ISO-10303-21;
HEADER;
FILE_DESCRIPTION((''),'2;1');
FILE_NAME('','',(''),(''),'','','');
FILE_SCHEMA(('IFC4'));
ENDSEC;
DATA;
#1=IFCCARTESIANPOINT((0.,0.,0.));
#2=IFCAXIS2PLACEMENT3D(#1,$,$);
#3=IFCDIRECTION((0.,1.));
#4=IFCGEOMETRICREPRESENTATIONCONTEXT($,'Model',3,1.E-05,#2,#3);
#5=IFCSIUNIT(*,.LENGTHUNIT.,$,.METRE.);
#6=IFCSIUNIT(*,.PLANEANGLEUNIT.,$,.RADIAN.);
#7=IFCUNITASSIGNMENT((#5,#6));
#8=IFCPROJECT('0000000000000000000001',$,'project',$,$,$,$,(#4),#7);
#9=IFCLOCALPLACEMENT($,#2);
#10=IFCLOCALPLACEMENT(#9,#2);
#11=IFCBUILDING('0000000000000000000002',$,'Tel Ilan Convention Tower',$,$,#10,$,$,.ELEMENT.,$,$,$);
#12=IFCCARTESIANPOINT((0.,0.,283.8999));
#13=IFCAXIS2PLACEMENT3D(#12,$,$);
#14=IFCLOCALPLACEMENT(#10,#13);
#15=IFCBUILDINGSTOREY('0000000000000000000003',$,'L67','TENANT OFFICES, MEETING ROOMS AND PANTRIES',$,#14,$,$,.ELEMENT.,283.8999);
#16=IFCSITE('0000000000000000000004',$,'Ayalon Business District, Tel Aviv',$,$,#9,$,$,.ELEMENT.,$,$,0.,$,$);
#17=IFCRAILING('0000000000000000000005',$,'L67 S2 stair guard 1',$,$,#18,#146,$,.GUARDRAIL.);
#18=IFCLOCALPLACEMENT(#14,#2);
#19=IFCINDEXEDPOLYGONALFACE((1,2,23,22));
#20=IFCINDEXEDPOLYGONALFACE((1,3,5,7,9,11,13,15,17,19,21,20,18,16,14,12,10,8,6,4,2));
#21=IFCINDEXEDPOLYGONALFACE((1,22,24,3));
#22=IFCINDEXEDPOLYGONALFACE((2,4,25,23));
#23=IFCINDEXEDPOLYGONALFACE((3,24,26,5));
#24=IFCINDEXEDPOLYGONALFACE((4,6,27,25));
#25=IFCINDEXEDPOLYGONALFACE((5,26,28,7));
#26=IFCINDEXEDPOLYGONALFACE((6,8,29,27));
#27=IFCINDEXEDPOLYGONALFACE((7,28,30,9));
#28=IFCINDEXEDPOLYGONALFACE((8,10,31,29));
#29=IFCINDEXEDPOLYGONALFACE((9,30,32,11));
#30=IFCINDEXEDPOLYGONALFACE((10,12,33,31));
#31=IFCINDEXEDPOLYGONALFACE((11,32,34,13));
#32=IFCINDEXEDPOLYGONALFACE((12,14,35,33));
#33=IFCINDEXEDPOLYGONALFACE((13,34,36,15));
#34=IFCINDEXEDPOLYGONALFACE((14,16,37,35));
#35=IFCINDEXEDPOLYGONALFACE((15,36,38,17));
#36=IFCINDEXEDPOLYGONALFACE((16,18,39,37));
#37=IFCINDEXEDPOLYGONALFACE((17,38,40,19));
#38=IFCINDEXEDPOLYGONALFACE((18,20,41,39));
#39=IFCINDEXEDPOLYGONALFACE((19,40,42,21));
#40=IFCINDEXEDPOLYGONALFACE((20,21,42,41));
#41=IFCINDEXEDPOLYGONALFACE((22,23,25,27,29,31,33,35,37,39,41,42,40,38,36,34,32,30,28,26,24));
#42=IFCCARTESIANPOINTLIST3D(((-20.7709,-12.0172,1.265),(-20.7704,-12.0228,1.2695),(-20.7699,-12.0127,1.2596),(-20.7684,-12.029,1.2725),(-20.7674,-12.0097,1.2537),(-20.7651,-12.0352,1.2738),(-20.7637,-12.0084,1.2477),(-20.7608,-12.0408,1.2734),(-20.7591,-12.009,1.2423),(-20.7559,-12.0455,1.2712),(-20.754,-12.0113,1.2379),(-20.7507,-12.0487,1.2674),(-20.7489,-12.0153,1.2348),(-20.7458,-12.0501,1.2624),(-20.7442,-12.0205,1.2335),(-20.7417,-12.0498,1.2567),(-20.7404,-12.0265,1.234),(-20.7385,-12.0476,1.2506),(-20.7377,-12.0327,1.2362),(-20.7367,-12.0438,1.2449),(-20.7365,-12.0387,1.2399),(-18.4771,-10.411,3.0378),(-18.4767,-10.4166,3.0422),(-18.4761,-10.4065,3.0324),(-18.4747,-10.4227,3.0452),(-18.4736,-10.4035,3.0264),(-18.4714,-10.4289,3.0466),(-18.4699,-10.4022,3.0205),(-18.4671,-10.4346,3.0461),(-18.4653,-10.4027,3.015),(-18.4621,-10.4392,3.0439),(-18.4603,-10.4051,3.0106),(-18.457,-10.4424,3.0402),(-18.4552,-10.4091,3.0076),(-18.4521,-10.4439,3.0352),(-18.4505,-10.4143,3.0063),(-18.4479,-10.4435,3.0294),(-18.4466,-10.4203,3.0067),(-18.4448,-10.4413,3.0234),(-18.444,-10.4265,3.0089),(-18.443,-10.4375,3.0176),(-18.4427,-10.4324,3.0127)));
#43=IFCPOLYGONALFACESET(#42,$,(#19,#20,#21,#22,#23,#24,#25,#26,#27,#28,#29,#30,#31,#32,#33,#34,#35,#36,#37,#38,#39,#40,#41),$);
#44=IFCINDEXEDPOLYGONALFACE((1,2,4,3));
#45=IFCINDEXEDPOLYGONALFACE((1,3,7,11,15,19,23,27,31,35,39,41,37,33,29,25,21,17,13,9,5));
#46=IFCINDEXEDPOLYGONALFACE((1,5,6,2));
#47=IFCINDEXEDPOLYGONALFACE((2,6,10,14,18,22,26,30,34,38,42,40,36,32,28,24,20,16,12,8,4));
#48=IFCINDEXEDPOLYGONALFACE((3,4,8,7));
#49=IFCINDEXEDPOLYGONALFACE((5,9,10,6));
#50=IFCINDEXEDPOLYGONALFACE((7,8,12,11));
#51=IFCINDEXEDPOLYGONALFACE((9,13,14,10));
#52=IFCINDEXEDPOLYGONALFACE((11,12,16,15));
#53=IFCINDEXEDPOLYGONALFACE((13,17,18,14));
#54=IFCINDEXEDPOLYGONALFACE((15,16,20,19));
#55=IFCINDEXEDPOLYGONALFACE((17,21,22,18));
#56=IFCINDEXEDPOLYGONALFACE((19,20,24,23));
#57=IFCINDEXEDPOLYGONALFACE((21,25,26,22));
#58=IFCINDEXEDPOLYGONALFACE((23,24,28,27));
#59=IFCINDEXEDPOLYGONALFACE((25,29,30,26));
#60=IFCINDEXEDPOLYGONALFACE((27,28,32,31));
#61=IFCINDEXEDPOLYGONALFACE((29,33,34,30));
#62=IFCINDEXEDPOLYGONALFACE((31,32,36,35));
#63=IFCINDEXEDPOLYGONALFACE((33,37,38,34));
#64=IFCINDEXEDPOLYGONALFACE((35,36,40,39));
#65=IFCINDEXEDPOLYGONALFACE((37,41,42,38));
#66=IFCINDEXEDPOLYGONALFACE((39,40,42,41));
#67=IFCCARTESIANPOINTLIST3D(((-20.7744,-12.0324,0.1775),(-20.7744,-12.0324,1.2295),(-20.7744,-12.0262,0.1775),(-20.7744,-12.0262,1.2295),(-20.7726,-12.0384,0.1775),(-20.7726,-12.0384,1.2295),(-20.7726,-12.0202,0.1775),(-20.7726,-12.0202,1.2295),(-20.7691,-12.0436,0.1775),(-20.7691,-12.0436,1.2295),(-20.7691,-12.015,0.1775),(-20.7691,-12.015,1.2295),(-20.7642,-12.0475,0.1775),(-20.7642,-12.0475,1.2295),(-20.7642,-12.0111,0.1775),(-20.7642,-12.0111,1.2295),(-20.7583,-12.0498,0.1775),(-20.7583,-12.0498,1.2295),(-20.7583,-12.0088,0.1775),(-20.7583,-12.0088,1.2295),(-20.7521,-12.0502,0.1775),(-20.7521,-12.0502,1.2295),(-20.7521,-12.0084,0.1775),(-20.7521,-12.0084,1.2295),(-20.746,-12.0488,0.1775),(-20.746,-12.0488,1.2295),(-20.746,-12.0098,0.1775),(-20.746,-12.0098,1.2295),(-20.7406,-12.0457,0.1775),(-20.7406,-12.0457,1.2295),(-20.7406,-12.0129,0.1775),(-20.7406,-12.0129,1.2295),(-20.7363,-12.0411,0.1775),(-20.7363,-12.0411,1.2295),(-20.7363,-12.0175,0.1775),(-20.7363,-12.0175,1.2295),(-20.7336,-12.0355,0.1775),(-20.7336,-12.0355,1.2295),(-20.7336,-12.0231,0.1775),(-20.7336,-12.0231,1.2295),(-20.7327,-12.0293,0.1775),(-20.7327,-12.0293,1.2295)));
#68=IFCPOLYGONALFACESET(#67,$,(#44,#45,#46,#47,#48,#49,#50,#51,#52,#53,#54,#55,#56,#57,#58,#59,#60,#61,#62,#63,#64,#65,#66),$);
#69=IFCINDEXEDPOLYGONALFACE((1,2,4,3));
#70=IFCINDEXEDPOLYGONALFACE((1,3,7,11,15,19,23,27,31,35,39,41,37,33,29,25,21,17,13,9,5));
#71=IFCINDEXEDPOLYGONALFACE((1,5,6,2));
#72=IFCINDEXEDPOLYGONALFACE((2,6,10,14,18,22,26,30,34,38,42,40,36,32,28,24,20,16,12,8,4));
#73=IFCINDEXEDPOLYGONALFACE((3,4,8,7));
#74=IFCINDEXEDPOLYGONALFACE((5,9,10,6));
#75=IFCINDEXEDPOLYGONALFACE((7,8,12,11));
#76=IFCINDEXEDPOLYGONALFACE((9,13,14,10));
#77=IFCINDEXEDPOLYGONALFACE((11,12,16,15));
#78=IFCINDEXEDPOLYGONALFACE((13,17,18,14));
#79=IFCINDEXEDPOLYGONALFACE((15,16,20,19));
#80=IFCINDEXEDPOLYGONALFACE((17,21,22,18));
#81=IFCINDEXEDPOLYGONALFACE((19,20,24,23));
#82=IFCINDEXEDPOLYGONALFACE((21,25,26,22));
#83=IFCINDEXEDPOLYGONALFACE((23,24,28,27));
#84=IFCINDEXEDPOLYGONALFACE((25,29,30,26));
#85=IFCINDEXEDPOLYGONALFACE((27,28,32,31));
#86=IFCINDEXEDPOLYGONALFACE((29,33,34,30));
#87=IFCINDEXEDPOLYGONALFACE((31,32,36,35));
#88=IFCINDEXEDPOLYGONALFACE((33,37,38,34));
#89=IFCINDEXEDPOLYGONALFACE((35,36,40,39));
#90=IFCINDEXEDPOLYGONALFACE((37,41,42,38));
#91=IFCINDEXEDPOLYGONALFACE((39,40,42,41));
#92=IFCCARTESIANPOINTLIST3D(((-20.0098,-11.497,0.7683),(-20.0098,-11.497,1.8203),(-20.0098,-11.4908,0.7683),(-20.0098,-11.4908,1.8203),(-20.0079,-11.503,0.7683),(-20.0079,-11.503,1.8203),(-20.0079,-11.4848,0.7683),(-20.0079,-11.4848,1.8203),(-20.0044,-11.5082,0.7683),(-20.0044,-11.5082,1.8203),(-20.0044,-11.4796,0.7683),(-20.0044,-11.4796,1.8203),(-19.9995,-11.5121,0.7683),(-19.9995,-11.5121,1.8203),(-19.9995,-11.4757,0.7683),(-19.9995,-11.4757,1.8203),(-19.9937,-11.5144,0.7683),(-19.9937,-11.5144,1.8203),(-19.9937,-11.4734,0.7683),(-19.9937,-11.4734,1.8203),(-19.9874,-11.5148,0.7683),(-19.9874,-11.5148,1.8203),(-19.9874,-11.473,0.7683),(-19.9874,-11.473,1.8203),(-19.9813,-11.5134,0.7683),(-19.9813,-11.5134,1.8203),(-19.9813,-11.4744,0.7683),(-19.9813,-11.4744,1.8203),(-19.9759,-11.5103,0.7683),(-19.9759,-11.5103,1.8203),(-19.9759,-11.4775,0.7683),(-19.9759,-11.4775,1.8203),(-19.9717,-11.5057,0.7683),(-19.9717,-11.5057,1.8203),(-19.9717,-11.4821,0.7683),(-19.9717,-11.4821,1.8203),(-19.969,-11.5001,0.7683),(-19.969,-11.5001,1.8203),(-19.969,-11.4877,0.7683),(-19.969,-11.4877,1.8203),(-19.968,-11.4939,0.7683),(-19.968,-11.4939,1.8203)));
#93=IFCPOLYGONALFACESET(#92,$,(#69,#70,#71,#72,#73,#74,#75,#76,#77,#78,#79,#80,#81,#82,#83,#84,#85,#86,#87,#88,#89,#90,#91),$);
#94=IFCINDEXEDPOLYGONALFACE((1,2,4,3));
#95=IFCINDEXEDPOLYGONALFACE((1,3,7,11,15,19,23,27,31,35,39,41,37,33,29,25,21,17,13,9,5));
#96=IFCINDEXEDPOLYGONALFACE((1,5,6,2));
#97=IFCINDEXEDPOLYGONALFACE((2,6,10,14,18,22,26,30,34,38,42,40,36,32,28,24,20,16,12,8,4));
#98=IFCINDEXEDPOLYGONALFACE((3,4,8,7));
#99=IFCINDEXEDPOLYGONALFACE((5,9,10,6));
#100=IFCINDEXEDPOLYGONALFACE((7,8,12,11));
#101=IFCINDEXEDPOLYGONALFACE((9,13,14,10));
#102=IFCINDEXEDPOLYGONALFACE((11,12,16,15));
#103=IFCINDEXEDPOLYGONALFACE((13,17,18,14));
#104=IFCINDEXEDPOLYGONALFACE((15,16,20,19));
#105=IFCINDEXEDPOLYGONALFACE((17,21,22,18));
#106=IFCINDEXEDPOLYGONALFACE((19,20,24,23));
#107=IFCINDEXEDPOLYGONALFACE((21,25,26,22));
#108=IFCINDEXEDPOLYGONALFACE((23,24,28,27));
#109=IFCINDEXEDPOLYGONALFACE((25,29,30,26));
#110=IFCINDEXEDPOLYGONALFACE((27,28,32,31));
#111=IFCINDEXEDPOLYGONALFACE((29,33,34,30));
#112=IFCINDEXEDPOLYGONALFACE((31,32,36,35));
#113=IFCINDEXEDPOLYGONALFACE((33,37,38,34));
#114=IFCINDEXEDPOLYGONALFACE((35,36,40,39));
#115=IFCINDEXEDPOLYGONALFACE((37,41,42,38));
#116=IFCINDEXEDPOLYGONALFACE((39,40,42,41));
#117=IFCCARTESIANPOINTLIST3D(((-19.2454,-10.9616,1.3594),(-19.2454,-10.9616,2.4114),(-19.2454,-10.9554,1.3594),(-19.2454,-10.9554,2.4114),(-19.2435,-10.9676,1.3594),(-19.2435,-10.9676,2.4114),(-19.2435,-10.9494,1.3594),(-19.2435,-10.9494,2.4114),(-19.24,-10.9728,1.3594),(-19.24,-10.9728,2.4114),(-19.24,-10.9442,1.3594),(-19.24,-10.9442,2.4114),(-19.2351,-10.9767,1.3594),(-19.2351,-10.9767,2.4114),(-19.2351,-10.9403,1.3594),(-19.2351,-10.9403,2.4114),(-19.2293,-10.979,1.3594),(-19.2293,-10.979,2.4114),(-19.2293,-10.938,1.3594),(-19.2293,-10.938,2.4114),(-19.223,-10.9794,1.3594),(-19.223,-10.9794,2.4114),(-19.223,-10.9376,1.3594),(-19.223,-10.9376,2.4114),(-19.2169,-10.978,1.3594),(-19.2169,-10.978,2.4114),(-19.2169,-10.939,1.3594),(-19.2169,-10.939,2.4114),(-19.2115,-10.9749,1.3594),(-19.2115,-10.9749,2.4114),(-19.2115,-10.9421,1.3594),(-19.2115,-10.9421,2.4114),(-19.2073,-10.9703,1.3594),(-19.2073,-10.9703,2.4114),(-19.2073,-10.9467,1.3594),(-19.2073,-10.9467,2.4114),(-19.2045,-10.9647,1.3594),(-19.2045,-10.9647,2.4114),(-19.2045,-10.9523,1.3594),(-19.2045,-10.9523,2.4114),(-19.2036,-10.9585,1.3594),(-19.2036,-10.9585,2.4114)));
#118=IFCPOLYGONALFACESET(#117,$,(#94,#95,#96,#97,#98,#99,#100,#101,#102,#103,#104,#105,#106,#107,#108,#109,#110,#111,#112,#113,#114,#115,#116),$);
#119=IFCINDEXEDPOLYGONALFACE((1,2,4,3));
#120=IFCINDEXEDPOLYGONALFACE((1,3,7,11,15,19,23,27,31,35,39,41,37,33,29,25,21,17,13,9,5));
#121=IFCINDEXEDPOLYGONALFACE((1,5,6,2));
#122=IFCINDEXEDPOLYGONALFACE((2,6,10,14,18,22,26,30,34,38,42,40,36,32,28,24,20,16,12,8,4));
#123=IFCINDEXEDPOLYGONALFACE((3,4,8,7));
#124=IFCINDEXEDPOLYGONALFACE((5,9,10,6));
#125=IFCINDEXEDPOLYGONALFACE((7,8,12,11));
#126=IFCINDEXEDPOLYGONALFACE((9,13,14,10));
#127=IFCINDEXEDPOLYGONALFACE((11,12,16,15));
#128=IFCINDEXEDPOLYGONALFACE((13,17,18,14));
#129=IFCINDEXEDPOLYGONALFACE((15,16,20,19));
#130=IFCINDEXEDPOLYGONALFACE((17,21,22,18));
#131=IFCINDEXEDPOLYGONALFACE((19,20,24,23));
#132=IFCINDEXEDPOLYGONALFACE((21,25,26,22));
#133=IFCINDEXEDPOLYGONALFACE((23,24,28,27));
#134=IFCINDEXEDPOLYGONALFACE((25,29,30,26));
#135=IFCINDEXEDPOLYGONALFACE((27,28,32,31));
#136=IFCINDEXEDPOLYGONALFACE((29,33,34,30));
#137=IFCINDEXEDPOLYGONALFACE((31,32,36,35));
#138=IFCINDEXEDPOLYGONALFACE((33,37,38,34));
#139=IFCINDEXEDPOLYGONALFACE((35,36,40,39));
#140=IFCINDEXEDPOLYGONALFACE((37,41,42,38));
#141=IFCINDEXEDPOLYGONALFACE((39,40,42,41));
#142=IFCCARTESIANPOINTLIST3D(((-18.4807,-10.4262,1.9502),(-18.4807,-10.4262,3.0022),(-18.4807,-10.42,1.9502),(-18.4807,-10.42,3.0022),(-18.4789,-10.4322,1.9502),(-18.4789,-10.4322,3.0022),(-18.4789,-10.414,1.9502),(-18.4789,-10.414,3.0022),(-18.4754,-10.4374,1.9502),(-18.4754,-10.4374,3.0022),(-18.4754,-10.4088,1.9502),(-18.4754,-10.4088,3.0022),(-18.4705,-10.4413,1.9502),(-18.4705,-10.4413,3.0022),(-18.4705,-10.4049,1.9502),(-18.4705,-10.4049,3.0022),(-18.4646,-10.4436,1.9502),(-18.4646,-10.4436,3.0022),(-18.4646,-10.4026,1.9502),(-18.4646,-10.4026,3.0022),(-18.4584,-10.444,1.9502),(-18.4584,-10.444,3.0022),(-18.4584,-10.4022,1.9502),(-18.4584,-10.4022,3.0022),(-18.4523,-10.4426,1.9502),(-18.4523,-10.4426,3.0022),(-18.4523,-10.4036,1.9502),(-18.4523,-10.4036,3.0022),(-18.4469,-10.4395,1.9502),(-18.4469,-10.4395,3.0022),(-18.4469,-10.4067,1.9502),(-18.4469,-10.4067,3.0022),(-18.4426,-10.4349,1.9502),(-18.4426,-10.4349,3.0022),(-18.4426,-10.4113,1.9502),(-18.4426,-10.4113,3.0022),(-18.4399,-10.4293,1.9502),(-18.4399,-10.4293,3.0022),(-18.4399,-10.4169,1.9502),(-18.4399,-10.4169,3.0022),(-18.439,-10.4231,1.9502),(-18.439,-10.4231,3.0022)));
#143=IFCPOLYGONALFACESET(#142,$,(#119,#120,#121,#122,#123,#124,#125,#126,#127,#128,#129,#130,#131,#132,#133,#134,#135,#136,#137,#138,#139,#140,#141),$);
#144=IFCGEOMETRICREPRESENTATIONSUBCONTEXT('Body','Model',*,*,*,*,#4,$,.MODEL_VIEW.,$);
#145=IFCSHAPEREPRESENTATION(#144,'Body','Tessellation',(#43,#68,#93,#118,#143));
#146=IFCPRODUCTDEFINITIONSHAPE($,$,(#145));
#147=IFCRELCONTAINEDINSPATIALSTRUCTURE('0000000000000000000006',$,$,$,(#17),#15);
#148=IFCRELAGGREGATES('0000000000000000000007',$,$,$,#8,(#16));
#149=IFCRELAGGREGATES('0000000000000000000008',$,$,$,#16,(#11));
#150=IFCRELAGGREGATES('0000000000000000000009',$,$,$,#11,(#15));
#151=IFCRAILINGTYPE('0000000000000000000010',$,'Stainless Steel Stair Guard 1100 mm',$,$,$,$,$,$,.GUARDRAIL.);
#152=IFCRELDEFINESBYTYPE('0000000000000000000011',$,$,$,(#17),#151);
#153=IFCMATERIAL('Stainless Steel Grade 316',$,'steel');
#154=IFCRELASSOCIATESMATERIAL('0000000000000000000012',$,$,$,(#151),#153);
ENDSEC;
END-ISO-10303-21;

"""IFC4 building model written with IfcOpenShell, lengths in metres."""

from ifc_helpers import new_model, si_unit, direction, frame, origin, origin_2d, place, context, subcontext, project, spatial, circle, extrude, material, type_object, element, save


model = new_model("IFC4")

# Units and contexts
model_context = context("Model", 3, precision=1e-05, world=origin(), true_north=direction((0.0, 1.0)))
body_context = subcontext(model_context, "Body", "Model", "MODEL_VIEW")
ifc_project = project(units=[si_unit("LENGTHUNIT", "METRE"), si_unit("PLANEANGLEUNIT", "RADIAN")], contexts=[model_context])

# Site, building, storey
site_placement = place(None, origin())
site = spatial("IfcSite", under=ifc_project, at=site_placement, Name="Ayalon Business District, Tel Aviv", CompositionType="ELEMENT", RefElevation=0.0)
building_placement = place(site_placement, origin())
building = spatial("IfcBuilding", under=site, at=building_placement, Name="Tel Ilan Convention Tower", CompositionType="ELEMENT")
storey_placement = place(building_placement, frame((0.0, 0.0, 283.8999)))
storey = spatial("IfcBuildingStorey", under=building, at=storey_placement, Name="L67", Description="TENANT OFFICES, MEETING ROOMS AND PANTRIES", CompositionType="ELEMENT", Elevation=283.8999)

# Railing
ifc_material_1 = material(Name="Stainless Steel Grade 316", Category="steel")
railing_type_1 = type_object("IfcRailingType", Name="Stainless Steel Stair Guard 1100 mm", PredefinedType="GUARDRAIL", material=ifc_material_1)
railing_1_placement = place(storey_placement, frame((-20.7537, -12.0293, 0.1775)))
element("IfcRailing", 1, at=railing_1_placement, inside=storey, type_object=railing_type_1, Name="L67 S2 stair guard 1", PredefinedType="GUARDRAIL", context=body_context, shape_type="SweptSolid", body=[
    extrude(circle(Radius=0.0239, at=origin_2d()), frame((0.0, 0.0, 1.0762), z_axis=(0.692098, 0.484653, 0.534894), x_axis=(-0.573609, 0.81913, 0.0)), (0.0, 0.0, 1.0), 3.3142),
    extrude(circle(Radius=0.021, at=origin_2d()), origin(), (0.0, 0.0, 1.0), 1.052),
    extrude(circle(Radius=0.021, at=origin_2d()), frame((0.7646, 0.5354, 0.5908)), (0.0, 0.0, 1.0), 1.052),
    extrude(circle(Radius=0.021, at=origin_2d()), frame((1.5291, 1.0708, 1.1819)), (0.0, 0.0, 1.0), 1.052),
    extrude(circle(Radius=0.021, at=origin_2d()), frame((2.2937, 1.6062, 1.7727)), (0.0, 0.0, 1.0), 1.052),
])

save(model, "model.ifc")
